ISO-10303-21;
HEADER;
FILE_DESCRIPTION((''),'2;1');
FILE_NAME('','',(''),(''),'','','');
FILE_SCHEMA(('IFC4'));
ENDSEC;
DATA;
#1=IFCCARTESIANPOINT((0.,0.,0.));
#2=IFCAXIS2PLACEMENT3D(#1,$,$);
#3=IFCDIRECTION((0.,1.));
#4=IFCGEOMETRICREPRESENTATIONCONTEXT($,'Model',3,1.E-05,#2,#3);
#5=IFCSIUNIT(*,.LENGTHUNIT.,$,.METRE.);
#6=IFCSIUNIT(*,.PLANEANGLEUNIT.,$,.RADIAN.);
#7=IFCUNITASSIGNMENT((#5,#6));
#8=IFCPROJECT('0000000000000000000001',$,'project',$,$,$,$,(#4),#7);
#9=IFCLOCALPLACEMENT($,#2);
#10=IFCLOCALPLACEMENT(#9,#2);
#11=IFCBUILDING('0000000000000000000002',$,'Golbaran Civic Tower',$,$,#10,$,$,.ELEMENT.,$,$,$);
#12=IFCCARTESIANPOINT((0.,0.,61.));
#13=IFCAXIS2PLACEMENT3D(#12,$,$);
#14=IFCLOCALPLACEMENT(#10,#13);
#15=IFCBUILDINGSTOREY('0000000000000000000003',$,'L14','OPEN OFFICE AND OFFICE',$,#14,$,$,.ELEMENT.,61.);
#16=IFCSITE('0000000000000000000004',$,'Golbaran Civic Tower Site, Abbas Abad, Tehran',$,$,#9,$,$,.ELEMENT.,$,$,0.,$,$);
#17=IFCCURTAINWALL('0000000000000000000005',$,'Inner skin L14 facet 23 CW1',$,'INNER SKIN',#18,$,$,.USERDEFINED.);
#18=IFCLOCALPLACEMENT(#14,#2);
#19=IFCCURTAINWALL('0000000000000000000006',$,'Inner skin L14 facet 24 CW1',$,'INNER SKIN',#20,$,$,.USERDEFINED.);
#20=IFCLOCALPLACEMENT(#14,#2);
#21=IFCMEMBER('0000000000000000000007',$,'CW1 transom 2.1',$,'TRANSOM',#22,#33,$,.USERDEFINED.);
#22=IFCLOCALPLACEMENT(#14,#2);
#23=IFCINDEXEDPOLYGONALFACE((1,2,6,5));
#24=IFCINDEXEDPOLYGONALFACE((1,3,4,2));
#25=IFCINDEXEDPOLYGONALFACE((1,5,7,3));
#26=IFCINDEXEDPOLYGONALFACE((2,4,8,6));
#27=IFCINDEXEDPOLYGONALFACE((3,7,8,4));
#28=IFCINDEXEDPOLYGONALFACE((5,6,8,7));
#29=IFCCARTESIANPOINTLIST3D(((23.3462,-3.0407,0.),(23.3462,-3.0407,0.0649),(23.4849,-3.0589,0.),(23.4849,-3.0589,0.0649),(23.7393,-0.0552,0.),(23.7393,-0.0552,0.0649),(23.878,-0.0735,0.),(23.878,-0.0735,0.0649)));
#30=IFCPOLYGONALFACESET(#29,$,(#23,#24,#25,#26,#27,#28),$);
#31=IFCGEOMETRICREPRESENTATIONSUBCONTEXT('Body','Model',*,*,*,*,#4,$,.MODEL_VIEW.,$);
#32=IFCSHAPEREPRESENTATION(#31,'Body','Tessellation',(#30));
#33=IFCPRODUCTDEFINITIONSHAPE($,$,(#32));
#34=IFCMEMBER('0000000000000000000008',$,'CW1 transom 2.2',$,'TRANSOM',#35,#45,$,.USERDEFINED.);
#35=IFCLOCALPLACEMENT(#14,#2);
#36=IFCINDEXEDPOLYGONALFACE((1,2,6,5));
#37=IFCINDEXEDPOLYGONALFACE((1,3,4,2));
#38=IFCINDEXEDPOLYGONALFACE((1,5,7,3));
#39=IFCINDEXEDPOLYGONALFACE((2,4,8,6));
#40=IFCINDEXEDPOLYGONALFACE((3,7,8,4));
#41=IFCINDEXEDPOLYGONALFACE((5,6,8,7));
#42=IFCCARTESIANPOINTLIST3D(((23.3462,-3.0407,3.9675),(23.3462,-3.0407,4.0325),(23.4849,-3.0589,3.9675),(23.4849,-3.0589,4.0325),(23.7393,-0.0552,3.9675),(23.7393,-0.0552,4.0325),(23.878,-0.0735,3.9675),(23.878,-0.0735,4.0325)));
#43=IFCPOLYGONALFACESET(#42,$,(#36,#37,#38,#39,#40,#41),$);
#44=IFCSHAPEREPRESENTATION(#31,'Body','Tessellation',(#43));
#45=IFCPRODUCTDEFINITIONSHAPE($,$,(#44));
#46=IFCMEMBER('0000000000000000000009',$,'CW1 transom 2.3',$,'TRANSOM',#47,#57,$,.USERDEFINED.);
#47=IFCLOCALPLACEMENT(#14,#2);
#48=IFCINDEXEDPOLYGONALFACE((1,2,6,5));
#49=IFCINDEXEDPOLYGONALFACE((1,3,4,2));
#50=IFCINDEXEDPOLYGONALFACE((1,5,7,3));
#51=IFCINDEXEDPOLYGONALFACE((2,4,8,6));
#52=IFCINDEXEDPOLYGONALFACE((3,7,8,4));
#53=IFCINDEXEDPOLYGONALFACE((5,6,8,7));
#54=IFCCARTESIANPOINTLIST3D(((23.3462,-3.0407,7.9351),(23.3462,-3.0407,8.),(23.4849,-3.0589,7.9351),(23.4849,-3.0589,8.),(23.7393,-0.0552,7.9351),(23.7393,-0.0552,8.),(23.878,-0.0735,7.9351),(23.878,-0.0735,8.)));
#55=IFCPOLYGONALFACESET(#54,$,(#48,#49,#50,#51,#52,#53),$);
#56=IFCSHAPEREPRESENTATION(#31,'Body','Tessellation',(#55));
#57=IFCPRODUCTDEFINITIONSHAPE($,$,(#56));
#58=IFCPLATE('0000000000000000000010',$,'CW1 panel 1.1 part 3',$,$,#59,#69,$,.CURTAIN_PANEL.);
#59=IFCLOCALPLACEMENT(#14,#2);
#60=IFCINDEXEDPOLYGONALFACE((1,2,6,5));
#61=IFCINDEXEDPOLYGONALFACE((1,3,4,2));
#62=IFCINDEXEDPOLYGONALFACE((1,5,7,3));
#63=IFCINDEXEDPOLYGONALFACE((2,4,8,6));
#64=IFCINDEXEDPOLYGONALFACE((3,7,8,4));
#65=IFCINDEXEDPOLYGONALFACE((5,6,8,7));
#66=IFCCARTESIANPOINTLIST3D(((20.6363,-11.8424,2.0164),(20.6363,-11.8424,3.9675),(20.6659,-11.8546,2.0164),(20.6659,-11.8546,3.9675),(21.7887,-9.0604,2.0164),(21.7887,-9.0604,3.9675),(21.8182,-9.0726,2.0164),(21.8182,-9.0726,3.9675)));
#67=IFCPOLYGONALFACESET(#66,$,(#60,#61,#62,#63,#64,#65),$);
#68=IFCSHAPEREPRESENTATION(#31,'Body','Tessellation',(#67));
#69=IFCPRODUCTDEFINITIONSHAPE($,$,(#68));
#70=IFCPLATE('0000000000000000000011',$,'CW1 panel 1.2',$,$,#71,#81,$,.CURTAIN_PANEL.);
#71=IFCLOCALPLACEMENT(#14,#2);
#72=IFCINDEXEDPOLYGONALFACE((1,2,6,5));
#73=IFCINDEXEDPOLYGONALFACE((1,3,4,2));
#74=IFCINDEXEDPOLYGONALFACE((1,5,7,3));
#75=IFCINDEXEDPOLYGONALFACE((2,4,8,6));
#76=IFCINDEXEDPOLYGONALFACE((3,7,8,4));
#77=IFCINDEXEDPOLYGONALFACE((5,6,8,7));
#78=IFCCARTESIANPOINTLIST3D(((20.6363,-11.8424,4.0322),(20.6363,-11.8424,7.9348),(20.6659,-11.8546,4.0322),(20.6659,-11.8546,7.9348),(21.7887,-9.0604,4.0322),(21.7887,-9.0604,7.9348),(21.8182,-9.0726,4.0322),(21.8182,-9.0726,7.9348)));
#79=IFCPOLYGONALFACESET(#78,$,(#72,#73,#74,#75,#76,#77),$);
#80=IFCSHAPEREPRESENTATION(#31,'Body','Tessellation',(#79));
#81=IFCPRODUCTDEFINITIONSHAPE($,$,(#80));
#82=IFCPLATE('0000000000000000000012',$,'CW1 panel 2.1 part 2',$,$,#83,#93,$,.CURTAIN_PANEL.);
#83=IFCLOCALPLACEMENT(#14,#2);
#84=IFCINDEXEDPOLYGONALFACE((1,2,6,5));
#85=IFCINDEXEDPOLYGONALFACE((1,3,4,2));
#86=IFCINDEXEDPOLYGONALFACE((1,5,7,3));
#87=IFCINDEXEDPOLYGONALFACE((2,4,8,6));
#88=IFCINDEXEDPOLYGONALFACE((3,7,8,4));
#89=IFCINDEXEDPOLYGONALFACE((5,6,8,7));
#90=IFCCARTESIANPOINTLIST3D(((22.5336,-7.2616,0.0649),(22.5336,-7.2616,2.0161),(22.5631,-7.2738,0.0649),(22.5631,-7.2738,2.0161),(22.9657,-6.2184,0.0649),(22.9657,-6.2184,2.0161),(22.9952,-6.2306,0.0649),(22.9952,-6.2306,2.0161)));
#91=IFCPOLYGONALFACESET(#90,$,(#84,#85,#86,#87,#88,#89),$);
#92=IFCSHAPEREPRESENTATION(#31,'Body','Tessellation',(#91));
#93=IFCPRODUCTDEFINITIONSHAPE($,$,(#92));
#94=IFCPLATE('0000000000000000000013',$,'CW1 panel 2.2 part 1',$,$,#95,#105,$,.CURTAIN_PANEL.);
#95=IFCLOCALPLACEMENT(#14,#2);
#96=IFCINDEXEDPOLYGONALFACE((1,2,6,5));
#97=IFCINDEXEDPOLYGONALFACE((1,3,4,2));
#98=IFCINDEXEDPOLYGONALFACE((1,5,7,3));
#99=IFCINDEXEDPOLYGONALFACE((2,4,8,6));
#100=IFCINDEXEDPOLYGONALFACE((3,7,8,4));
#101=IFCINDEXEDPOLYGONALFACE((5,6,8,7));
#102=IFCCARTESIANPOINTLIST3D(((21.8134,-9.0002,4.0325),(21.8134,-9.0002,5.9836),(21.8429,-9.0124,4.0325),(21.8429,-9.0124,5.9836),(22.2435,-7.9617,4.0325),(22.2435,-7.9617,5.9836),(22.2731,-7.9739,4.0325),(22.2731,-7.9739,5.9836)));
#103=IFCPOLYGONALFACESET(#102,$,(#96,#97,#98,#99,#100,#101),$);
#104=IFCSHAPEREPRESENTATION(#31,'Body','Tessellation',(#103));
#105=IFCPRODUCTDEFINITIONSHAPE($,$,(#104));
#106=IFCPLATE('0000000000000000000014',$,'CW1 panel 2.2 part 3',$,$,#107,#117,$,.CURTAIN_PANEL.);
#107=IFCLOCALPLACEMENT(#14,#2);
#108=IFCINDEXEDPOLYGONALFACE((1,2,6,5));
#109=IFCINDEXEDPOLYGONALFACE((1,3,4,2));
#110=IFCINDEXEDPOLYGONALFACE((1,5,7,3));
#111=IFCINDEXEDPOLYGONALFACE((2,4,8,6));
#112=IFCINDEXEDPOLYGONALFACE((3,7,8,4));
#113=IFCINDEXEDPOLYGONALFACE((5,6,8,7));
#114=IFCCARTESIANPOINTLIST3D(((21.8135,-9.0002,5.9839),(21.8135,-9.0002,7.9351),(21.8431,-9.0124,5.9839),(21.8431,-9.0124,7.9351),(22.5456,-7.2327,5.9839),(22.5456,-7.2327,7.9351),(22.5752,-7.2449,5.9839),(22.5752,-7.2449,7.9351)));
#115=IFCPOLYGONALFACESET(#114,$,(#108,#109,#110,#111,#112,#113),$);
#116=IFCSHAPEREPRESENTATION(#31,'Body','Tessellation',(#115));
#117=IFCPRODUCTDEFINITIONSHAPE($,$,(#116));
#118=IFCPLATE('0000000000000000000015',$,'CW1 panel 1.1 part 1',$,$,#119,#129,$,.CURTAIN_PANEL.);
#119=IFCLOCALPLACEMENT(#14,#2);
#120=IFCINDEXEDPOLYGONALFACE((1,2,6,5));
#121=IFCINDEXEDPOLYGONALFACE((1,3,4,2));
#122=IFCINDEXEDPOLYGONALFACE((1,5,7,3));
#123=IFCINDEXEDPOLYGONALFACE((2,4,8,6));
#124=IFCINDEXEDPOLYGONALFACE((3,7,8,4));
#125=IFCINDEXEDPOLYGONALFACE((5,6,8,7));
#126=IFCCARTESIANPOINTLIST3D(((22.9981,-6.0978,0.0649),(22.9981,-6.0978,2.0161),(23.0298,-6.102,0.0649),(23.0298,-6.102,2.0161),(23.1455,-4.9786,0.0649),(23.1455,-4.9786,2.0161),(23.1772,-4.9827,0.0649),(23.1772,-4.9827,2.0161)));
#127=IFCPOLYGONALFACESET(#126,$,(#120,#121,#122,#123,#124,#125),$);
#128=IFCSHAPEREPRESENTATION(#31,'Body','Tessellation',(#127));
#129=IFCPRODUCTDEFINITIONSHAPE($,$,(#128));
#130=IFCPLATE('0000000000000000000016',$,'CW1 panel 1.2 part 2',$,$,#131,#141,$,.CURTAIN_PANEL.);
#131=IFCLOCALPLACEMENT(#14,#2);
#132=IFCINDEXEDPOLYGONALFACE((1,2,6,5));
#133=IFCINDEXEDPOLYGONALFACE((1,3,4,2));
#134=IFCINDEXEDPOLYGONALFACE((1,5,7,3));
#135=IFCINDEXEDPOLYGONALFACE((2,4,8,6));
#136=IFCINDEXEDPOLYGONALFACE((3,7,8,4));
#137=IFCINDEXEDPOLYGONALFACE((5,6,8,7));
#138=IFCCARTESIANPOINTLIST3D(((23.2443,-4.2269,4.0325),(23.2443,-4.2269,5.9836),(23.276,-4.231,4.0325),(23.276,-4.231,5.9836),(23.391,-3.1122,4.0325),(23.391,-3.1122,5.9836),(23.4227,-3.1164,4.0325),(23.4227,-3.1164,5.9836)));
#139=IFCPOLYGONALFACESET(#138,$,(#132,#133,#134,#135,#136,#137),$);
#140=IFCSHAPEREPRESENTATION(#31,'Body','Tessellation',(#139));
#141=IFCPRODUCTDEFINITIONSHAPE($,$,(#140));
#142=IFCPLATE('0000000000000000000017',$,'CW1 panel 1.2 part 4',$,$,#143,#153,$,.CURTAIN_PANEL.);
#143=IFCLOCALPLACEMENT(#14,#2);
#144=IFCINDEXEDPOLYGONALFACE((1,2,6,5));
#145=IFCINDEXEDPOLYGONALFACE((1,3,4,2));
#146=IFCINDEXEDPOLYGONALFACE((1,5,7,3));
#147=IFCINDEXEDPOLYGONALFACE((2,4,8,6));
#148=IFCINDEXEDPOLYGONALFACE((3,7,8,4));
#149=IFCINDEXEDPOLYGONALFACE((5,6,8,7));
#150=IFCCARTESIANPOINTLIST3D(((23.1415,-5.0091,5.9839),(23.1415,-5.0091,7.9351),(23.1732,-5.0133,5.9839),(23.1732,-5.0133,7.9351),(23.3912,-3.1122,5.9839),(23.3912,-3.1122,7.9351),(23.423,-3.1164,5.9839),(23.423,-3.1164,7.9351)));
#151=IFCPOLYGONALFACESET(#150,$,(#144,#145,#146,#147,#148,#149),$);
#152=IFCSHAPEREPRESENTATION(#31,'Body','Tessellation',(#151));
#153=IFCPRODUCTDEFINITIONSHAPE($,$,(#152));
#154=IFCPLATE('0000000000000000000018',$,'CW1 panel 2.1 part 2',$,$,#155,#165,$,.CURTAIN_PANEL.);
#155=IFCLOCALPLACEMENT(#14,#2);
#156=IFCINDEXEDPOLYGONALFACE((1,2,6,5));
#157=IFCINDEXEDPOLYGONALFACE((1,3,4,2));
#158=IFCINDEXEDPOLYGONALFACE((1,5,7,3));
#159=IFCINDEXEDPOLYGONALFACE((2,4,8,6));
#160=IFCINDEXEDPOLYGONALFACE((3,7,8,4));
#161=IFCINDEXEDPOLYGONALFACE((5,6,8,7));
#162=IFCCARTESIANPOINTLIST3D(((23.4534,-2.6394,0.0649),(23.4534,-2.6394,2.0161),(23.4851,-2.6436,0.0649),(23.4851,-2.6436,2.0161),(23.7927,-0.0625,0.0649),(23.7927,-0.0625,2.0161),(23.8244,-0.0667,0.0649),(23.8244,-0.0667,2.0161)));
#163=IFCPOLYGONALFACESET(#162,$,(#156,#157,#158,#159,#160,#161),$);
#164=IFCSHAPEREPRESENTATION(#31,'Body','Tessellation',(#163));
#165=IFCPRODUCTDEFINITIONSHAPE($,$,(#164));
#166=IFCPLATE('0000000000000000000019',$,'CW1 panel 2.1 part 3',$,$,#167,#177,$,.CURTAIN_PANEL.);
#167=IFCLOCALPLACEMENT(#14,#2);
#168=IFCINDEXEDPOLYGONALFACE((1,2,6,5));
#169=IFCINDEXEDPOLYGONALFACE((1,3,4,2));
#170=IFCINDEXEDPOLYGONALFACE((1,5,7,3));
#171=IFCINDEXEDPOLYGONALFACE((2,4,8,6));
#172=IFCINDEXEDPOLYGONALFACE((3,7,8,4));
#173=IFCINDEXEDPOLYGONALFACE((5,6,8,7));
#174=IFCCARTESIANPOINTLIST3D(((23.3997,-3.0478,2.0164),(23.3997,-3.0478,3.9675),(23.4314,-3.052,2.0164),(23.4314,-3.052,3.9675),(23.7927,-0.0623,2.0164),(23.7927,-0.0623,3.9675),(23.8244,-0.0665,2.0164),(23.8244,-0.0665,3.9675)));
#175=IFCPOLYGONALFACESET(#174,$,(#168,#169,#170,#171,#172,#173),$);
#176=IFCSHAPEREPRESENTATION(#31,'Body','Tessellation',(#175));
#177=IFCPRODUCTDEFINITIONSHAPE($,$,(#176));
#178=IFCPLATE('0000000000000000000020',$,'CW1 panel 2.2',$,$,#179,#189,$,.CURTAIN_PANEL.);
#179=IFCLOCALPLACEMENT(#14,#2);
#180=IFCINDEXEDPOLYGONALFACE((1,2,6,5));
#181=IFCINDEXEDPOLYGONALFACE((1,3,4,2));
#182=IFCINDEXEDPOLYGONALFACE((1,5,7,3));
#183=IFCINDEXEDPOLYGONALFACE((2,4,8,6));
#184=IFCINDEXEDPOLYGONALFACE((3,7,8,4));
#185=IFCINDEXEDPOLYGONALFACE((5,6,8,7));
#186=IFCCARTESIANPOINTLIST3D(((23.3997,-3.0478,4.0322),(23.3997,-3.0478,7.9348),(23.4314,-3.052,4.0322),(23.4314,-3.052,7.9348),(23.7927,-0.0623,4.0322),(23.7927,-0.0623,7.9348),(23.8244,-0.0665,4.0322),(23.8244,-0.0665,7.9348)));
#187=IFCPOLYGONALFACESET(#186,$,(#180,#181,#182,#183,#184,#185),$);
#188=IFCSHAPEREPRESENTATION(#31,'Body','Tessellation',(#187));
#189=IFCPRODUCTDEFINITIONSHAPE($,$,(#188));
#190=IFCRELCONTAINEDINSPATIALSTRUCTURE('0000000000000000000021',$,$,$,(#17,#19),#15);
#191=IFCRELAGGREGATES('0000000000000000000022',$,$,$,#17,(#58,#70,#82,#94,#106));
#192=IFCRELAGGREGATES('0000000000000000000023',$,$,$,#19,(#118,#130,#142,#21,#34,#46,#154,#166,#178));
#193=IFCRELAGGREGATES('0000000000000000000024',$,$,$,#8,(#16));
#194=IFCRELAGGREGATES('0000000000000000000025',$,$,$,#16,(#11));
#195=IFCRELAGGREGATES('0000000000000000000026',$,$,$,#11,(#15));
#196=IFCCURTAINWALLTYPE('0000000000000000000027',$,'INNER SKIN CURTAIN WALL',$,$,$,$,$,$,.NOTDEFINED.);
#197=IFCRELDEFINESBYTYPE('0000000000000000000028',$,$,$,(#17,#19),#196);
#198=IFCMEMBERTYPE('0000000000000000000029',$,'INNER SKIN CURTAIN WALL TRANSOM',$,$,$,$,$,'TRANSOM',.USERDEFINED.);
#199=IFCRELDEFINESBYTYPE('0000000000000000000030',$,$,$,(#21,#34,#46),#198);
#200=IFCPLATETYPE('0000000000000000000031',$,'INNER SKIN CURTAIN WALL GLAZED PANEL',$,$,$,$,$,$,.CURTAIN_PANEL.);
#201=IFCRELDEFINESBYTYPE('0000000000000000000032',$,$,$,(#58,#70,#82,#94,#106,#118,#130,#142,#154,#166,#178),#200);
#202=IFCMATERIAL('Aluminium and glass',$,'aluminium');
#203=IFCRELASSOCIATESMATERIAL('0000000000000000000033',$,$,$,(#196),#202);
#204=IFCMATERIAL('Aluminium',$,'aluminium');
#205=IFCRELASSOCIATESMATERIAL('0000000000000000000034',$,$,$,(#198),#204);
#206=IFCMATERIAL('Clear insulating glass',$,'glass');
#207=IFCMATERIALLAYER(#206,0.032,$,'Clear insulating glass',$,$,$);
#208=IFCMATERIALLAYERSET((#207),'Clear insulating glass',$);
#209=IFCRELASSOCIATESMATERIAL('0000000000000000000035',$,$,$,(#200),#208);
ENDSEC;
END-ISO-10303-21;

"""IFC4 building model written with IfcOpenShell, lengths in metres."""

from ifc_helpers import new_model, si_unit, direction, frame, origin, origin_2d, place, context, subcontext, project, spatial, rectangle, extrude, material, layer, layer_set, material_profile, profile_set, type_object, element, aggregate, save


model = new_model("IFC4")

# Units and contexts
model_context = context("Model", 3, precision=1e-05, world=origin(), true_north=direction((0.0, 1.0)))
body_context = subcontext(model_context, "Body", "Model", "MODEL_VIEW")
ifc_project = project(units=[si_unit("LENGTHUNIT", "METRE"), si_unit("PLANEANGLEUNIT", "RADIAN")], contexts=[model_context])

# Site, building, storey
site_placement = place(None, origin())
site = spatial("IfcSite", under=ifc_project, at=site_placement, Name="Golbaran Civic Tower Site, Abbas Abad, Tehran", CompositionType="ELEMENT", RefElevation=0.0)
building_placement = place(site_placement, origin())
building = spatial("IfcBuilding", under=site, at=building_placement, Name="Golbaran Civic Tower", CompositionType="ELEMENT")
storey_placement = place(building_placement, frame((0.0, 0.0, 61.0)))
storey = spatial("IfcBuildingStorey", under=building, at=storey_placement, Name="L14", Description="OPEN OFFICE AND OFFICE", CompositionType="ELEMENT", Elevation=61.0)

# Curtain walls
ifc_material_1 = material(Name="Aluminium and glass", Category="aluminium")
curtain_wall_type = type_object("IfcCurtainWallType", Name="INNER SKIN CURTAIN WALL", PredefinedType="NOTDEFINED", material=ifc_material_1)
curtain_wall_1_placement = place(storey_placement, origin())
curtain_wall_1 = element("IfcCurtainWall", 1, at=curtain_wall_1_placement, inside=storey, type_object=curtain_wall_type, Name="Inner skin L14 facet 23 CW1", ObjectType="INNER SKIN", PredefinedType="USERDEFINED")
ifc_material_2 = material(Name="Aluminium", Category="aluminium")
curtain_wall_2_placement = place(storey_placement, origin())
curtain_wall_2 = element("IfcCurtainWall", 2, at=curtain_wall_2_placement, inside=storey, type_object=curtain_wall_type, Name="Inner skin L14 facet 24 CW1", ObjectType="INNER SKIN", PredefinedType="USERDEFINED")

# Members
ifc_material_profile_1 = material_profile(ifc_material_2, rectangle(XDim=0.1399, YDim=0.0649, at=origin_2d()), Name="INNER SKIN CURTAIN WALL TRANSOM")
ifc_profile_set_1 = profile_set([ifc_material_profile_1], Name="Aluminium")
member_type_1 = type_object("IfcMemberType", Name="INNER SKIN CURTAIN WALL TRANSOM", ElementType="TRANSOM", PredefinedType="USERDEFINED", material=ifc_profile_set_1)
member_1_placement = place(storey_placement, frame((23.4155, -3.0498, 0.0325), z_axis=(0.130538, 0.991443, 0.0), x_axis=(-0.991443, 0.130538, 0.0)))
member_1 = element("IfcMember", 3, at=member_1_placement, type_object=member_type_1, Name="CW1 transom 2.1", ObjectType="TRANSOM", PredefinedType="USERDEFINED", context=body_context, shape_type="SweptSolid", body=[
    extrude(rectangle(XDim=0.1399, YDim=0.0649, at=origin_2d()), origin(), (0.0, 0.0, 1.0), 3.0112),
])
member_2_placement = place(storey_placement, frame((23.4155, -3.0498, 4.0), z_axis=(0.130538, 0.991443, 0.0), x_axis=(-0.991443, 0.130538, 0.0)))
member_2 = element("IfcMember", 4, at=member_2_placement, type_object=member_type_1, Name="CW1 transom 2.2", ObjectType="TRANSOM", PredefinedType="USERDEFINED", context=body_context, shape_type="SweptSolid", body=[
    extrude(rectangle(XDim=0.1399, YDim=0.0649, at=origin_2d()), origin(), (0.0, 0.0, 1.0), 3.0112),
])
member_3_placement = place(storey_placement, frame((23.4155, -3.0498, 7.9675), z_axis=(0.130538, 0.991443, 0.0), x_axis=(-0.991443, 0.130538, 0.0)))
member_3 = element("IfcMember", 5, at=member_3_placement, type_object=member_type_1, Name="CW1 transom 2.3", ObjectType="TRANSOM", PredefinedType="USERDEFINED", context=body_context, shape_type="SweptSolid", body=[
    extrude(rectangle(XDim=0.1399, YDim=0.0649, at=origin_2d()), origin(), (0.0, 0.0, 1.0), 3.0112),
])

# Plates
ifc_material_3 = material(Name="Clear insulating glass", Category="glass")
ifc_layer_1 = layer(ifc_material_3, 0.032, Name="Clear insulating glass")
ifc_layer_set_1 = layer_set([ifc_layer_1], Name="Clear insulating glass")
plate_type_1 = type_object("IfcPlateType", Name="INNER SKIN CURTAIN WALL GLAZED PANEL", PredefinedType="CURTAIN_PANEL", material=ifc_layer_set_1)
plate_1_placement = place(storey_placement, frame((21.2273, -10.4575, 2.0164), z_axis=(0.0, 0.0, 1.0), x_axis=(0.382683, 0.92388, 0.0)))
plate_1 = element("IfcPlate", 6, at=plate_1_placement, type_object=plate_type_1, Name="CW1 panel 1.1 part 3", PredefinedType="CURTAIN_PANEL", context=body_context, shape_type="SweptSolid", body=[
    extrude(rectangle(XDim=3.0112, YDim=0.032, at=origin_2d()), origin(), (0.0, 0.0, 1.0), 1.9512),
])
plate_2_placement = place(storey_placement, frame((21.2273, -10.4575, 4.0322), z_axis=(0.0, 0.0, 1.0), x_axis=(0.382683, 0.92388, 0.0)))
plate_2 = element("IfcPlate", 7, at=plate_2_placement, type_object=plate_type_1, Name="CW1 panel 1.2", PredefinedType="CURTAIN_PANEL", context=body_context, shape_type="SweptSolid", body=[
    extrude(rectangle(XDim=3.0112, YDim=0.032, at=origin_2d()), origin(), (0.0, 0.0, 1.0), 3.9026),
])
plate_3_placement = place(storey_placement, frame((22.7644, -6.7461, 0.0649), z_axis=(0.0, 0.0, 1.0), x_axis=(0.382683, 0.92388, 0.0)))
plate_3 = element("IfcPlate", 8, at=plate_3_placement, type_object=plate_type_1, Name="CW1 panel 2.1 part 2", PredefinedType="CURTAIN_PANEL", context=body_context, shape_type="SweptSolid", body=[
    extrude(rectangle(XDim=1.1292, YDim=0.032, at=origin_2d()), origin(), (0.0, 0.0, 1.0), 1.9512),
])
plate_4_placement = place(storey_placement, frame((22.0432, -8.4871, 4.0325), z_axis=(0.0, 0.0, 1.0), x_axis=(0.382683, 0.92388, 0.0)))
plate_4 = element("IfcPlate", 9, at=plate_4_placement, type_object=plate_type_1, Name="CW1 panel 2.2 part 1", PredefinedType="CURTAIN_PANEL", context=body_context, shape_type="SweptSolid", body=[
    extrude(rectangle(XDim=1.124, YDim=0.032, at=origin_2d()), origin(), (0.0, 0.0, 1.0), 1.9512),
])
plate_5_placement = place(storey_placement, frame((22.1943, -8.1226, 5.9839), z_axis=(0.0, 0.0, 1.0), x_axis=(0.382683, 0.92388, 0.0)))
plate_5 = element("IfcPlate", 10, at=plate_5_placement, type_object=plate_type_1, Name="CW1 panel 2.2 part 3", PredefinedType="CURTAIN_PANEL", context=body_context, shape_type="SweptSolid", body=[
    extrude(rectangle(XDim=1.9131, YDim=0.032, at=origin_2d()), origin(), (0.0, 0.0, 1.0), 1.9512),
])
plate_6_placement = place(storey_placement, frame((23.0876, -5.5403, 0.0649), z_axis=(0.0, 0.0, 1.0), x_axis=(0.130526, 0.991445, 0.0)))
plate_6 = element("IfcPlate", 11, at=plate_6_placement, type_object=plate_type_1, Name="CW1 panel 1.1 part 1", PredefinedType="CURTAIN_PANEL", context=body_context, shape_type="SweptSolid", body=[
    extrude(rectangle(XDim=1.1289, YDim=0.032, at=origin_2d()), origin(), (0.0, 0.0, 1.0), 1.9512),
])
plate_7_placement = place(storey_placement, frame((23.3335, -3.6716, 4.0325), z_axis=(0.0, 0.0, 1.0), x_axis=(0.130526, 0.991445, 0.0)))
plate_7 = element("IfcPlate", 12, at=plate_7_placement, type_object=plate_type_1, Name="CW1 panel 1.2 part 2", PredefinedType="CURTAIN_PANEL", context=body_context, shape_type="SweptSolid", body=[
    extrude(rectangle(XDim=1.1243, YDim=0.032, at=origin_2d()), origin(), (0.0, 0.0, 1.0), 1.9512),
])
plate_8_placement = place(storey_placement, frame((23.2822, -4.0627, 5.9839), z_axis=(0.0, 0.0, 1.0), x_axis=(0.130526, 0.991445, 0.0)))
plate_8 = element("IfcPlate", 13, at=plate_8_placement, type_object=plate_type_1, Name="CW1 panel 1.2 part 4", PredefinedType="CURTAIN_PANEL", context=body_context, shape_type="SweptSolid", body=[
    extrude(rectangle(XDim=1.9133, YDim=0.032, at=origin_2d()), origin(), (0.0, 0.0, 1.0), 1.9512),
])
plate_9_placement = place(storey_placement, frame((23.6389, -1.353, 0.0649), z_axis=(0.0, 0.0, 1.0), x_axis=(0.130526, 0.991445, 0.0)))
plate_9 = element("IfcPlate", 14, at=plate_9_placement, type_object=plate_type_1, Name="CW1 panel 2.1 part 2", PredefinedType="CURTAIN_PANEL", context=body_context, shape_type="SweptSolid", body=[
    extrude(rectangle(XDim=2.5991, YDim=0.032, at=origin_2d()), origin(), (0.0, 0.0, 1.0), 1.9512),
])
plate_10_placement = place(storey_placement, frame((23.6121, -1.5571, 2.0164), z_axis=(0.0, 0.0, 1.0), x_axis=(0.130526, 0.991445, 0.0)))
plate_10 = element("IfcPlate", 15, at=plate_10_placement, type_object=plate_type_1, Name="CW1 panel 2.1 part 3", PredefinedType="CURTAIN_PANEL", context=body_context, shape_type="SweptSolid", body=[
    extrude(rectangle(XDim=3.0112, YDim=0.032, at=origin_2d()), origin(), (0.0, 0.0, 1.0), 1.9512),
])
plate_11_placement = place(storey_placement, frame((23.6121, -1.5571, 4.0322), z_axis=(0.0, 0.0, 1.0), x_axis=(0.130526, 0.991445, 0.0)))
plate_11 = element("IfcPlate", 16, at=plate_11_placement, type_object=plate_type_1, Name="CW1 panel 2.2", PredefinedType="CURTAIN_PANEL", context=body_context, shape_type="SweptSolid", body=[
    extrude(rectangle(XDim=3.0112, YDim=0.032, at=origin_2d()), origin(), (0.0, 0.0, 1.0), 3.9026),
])
aggregate(curtain_wall_1, [plate_1, plate_2, plate_3, plate_4, plate_5])
aggregate(curtain_wall_2, [plate_6, plate_7, plate_8, member_1, member_2, member_3, plate_9, plate_10, plate_11])

save(model, "model.ifc")
